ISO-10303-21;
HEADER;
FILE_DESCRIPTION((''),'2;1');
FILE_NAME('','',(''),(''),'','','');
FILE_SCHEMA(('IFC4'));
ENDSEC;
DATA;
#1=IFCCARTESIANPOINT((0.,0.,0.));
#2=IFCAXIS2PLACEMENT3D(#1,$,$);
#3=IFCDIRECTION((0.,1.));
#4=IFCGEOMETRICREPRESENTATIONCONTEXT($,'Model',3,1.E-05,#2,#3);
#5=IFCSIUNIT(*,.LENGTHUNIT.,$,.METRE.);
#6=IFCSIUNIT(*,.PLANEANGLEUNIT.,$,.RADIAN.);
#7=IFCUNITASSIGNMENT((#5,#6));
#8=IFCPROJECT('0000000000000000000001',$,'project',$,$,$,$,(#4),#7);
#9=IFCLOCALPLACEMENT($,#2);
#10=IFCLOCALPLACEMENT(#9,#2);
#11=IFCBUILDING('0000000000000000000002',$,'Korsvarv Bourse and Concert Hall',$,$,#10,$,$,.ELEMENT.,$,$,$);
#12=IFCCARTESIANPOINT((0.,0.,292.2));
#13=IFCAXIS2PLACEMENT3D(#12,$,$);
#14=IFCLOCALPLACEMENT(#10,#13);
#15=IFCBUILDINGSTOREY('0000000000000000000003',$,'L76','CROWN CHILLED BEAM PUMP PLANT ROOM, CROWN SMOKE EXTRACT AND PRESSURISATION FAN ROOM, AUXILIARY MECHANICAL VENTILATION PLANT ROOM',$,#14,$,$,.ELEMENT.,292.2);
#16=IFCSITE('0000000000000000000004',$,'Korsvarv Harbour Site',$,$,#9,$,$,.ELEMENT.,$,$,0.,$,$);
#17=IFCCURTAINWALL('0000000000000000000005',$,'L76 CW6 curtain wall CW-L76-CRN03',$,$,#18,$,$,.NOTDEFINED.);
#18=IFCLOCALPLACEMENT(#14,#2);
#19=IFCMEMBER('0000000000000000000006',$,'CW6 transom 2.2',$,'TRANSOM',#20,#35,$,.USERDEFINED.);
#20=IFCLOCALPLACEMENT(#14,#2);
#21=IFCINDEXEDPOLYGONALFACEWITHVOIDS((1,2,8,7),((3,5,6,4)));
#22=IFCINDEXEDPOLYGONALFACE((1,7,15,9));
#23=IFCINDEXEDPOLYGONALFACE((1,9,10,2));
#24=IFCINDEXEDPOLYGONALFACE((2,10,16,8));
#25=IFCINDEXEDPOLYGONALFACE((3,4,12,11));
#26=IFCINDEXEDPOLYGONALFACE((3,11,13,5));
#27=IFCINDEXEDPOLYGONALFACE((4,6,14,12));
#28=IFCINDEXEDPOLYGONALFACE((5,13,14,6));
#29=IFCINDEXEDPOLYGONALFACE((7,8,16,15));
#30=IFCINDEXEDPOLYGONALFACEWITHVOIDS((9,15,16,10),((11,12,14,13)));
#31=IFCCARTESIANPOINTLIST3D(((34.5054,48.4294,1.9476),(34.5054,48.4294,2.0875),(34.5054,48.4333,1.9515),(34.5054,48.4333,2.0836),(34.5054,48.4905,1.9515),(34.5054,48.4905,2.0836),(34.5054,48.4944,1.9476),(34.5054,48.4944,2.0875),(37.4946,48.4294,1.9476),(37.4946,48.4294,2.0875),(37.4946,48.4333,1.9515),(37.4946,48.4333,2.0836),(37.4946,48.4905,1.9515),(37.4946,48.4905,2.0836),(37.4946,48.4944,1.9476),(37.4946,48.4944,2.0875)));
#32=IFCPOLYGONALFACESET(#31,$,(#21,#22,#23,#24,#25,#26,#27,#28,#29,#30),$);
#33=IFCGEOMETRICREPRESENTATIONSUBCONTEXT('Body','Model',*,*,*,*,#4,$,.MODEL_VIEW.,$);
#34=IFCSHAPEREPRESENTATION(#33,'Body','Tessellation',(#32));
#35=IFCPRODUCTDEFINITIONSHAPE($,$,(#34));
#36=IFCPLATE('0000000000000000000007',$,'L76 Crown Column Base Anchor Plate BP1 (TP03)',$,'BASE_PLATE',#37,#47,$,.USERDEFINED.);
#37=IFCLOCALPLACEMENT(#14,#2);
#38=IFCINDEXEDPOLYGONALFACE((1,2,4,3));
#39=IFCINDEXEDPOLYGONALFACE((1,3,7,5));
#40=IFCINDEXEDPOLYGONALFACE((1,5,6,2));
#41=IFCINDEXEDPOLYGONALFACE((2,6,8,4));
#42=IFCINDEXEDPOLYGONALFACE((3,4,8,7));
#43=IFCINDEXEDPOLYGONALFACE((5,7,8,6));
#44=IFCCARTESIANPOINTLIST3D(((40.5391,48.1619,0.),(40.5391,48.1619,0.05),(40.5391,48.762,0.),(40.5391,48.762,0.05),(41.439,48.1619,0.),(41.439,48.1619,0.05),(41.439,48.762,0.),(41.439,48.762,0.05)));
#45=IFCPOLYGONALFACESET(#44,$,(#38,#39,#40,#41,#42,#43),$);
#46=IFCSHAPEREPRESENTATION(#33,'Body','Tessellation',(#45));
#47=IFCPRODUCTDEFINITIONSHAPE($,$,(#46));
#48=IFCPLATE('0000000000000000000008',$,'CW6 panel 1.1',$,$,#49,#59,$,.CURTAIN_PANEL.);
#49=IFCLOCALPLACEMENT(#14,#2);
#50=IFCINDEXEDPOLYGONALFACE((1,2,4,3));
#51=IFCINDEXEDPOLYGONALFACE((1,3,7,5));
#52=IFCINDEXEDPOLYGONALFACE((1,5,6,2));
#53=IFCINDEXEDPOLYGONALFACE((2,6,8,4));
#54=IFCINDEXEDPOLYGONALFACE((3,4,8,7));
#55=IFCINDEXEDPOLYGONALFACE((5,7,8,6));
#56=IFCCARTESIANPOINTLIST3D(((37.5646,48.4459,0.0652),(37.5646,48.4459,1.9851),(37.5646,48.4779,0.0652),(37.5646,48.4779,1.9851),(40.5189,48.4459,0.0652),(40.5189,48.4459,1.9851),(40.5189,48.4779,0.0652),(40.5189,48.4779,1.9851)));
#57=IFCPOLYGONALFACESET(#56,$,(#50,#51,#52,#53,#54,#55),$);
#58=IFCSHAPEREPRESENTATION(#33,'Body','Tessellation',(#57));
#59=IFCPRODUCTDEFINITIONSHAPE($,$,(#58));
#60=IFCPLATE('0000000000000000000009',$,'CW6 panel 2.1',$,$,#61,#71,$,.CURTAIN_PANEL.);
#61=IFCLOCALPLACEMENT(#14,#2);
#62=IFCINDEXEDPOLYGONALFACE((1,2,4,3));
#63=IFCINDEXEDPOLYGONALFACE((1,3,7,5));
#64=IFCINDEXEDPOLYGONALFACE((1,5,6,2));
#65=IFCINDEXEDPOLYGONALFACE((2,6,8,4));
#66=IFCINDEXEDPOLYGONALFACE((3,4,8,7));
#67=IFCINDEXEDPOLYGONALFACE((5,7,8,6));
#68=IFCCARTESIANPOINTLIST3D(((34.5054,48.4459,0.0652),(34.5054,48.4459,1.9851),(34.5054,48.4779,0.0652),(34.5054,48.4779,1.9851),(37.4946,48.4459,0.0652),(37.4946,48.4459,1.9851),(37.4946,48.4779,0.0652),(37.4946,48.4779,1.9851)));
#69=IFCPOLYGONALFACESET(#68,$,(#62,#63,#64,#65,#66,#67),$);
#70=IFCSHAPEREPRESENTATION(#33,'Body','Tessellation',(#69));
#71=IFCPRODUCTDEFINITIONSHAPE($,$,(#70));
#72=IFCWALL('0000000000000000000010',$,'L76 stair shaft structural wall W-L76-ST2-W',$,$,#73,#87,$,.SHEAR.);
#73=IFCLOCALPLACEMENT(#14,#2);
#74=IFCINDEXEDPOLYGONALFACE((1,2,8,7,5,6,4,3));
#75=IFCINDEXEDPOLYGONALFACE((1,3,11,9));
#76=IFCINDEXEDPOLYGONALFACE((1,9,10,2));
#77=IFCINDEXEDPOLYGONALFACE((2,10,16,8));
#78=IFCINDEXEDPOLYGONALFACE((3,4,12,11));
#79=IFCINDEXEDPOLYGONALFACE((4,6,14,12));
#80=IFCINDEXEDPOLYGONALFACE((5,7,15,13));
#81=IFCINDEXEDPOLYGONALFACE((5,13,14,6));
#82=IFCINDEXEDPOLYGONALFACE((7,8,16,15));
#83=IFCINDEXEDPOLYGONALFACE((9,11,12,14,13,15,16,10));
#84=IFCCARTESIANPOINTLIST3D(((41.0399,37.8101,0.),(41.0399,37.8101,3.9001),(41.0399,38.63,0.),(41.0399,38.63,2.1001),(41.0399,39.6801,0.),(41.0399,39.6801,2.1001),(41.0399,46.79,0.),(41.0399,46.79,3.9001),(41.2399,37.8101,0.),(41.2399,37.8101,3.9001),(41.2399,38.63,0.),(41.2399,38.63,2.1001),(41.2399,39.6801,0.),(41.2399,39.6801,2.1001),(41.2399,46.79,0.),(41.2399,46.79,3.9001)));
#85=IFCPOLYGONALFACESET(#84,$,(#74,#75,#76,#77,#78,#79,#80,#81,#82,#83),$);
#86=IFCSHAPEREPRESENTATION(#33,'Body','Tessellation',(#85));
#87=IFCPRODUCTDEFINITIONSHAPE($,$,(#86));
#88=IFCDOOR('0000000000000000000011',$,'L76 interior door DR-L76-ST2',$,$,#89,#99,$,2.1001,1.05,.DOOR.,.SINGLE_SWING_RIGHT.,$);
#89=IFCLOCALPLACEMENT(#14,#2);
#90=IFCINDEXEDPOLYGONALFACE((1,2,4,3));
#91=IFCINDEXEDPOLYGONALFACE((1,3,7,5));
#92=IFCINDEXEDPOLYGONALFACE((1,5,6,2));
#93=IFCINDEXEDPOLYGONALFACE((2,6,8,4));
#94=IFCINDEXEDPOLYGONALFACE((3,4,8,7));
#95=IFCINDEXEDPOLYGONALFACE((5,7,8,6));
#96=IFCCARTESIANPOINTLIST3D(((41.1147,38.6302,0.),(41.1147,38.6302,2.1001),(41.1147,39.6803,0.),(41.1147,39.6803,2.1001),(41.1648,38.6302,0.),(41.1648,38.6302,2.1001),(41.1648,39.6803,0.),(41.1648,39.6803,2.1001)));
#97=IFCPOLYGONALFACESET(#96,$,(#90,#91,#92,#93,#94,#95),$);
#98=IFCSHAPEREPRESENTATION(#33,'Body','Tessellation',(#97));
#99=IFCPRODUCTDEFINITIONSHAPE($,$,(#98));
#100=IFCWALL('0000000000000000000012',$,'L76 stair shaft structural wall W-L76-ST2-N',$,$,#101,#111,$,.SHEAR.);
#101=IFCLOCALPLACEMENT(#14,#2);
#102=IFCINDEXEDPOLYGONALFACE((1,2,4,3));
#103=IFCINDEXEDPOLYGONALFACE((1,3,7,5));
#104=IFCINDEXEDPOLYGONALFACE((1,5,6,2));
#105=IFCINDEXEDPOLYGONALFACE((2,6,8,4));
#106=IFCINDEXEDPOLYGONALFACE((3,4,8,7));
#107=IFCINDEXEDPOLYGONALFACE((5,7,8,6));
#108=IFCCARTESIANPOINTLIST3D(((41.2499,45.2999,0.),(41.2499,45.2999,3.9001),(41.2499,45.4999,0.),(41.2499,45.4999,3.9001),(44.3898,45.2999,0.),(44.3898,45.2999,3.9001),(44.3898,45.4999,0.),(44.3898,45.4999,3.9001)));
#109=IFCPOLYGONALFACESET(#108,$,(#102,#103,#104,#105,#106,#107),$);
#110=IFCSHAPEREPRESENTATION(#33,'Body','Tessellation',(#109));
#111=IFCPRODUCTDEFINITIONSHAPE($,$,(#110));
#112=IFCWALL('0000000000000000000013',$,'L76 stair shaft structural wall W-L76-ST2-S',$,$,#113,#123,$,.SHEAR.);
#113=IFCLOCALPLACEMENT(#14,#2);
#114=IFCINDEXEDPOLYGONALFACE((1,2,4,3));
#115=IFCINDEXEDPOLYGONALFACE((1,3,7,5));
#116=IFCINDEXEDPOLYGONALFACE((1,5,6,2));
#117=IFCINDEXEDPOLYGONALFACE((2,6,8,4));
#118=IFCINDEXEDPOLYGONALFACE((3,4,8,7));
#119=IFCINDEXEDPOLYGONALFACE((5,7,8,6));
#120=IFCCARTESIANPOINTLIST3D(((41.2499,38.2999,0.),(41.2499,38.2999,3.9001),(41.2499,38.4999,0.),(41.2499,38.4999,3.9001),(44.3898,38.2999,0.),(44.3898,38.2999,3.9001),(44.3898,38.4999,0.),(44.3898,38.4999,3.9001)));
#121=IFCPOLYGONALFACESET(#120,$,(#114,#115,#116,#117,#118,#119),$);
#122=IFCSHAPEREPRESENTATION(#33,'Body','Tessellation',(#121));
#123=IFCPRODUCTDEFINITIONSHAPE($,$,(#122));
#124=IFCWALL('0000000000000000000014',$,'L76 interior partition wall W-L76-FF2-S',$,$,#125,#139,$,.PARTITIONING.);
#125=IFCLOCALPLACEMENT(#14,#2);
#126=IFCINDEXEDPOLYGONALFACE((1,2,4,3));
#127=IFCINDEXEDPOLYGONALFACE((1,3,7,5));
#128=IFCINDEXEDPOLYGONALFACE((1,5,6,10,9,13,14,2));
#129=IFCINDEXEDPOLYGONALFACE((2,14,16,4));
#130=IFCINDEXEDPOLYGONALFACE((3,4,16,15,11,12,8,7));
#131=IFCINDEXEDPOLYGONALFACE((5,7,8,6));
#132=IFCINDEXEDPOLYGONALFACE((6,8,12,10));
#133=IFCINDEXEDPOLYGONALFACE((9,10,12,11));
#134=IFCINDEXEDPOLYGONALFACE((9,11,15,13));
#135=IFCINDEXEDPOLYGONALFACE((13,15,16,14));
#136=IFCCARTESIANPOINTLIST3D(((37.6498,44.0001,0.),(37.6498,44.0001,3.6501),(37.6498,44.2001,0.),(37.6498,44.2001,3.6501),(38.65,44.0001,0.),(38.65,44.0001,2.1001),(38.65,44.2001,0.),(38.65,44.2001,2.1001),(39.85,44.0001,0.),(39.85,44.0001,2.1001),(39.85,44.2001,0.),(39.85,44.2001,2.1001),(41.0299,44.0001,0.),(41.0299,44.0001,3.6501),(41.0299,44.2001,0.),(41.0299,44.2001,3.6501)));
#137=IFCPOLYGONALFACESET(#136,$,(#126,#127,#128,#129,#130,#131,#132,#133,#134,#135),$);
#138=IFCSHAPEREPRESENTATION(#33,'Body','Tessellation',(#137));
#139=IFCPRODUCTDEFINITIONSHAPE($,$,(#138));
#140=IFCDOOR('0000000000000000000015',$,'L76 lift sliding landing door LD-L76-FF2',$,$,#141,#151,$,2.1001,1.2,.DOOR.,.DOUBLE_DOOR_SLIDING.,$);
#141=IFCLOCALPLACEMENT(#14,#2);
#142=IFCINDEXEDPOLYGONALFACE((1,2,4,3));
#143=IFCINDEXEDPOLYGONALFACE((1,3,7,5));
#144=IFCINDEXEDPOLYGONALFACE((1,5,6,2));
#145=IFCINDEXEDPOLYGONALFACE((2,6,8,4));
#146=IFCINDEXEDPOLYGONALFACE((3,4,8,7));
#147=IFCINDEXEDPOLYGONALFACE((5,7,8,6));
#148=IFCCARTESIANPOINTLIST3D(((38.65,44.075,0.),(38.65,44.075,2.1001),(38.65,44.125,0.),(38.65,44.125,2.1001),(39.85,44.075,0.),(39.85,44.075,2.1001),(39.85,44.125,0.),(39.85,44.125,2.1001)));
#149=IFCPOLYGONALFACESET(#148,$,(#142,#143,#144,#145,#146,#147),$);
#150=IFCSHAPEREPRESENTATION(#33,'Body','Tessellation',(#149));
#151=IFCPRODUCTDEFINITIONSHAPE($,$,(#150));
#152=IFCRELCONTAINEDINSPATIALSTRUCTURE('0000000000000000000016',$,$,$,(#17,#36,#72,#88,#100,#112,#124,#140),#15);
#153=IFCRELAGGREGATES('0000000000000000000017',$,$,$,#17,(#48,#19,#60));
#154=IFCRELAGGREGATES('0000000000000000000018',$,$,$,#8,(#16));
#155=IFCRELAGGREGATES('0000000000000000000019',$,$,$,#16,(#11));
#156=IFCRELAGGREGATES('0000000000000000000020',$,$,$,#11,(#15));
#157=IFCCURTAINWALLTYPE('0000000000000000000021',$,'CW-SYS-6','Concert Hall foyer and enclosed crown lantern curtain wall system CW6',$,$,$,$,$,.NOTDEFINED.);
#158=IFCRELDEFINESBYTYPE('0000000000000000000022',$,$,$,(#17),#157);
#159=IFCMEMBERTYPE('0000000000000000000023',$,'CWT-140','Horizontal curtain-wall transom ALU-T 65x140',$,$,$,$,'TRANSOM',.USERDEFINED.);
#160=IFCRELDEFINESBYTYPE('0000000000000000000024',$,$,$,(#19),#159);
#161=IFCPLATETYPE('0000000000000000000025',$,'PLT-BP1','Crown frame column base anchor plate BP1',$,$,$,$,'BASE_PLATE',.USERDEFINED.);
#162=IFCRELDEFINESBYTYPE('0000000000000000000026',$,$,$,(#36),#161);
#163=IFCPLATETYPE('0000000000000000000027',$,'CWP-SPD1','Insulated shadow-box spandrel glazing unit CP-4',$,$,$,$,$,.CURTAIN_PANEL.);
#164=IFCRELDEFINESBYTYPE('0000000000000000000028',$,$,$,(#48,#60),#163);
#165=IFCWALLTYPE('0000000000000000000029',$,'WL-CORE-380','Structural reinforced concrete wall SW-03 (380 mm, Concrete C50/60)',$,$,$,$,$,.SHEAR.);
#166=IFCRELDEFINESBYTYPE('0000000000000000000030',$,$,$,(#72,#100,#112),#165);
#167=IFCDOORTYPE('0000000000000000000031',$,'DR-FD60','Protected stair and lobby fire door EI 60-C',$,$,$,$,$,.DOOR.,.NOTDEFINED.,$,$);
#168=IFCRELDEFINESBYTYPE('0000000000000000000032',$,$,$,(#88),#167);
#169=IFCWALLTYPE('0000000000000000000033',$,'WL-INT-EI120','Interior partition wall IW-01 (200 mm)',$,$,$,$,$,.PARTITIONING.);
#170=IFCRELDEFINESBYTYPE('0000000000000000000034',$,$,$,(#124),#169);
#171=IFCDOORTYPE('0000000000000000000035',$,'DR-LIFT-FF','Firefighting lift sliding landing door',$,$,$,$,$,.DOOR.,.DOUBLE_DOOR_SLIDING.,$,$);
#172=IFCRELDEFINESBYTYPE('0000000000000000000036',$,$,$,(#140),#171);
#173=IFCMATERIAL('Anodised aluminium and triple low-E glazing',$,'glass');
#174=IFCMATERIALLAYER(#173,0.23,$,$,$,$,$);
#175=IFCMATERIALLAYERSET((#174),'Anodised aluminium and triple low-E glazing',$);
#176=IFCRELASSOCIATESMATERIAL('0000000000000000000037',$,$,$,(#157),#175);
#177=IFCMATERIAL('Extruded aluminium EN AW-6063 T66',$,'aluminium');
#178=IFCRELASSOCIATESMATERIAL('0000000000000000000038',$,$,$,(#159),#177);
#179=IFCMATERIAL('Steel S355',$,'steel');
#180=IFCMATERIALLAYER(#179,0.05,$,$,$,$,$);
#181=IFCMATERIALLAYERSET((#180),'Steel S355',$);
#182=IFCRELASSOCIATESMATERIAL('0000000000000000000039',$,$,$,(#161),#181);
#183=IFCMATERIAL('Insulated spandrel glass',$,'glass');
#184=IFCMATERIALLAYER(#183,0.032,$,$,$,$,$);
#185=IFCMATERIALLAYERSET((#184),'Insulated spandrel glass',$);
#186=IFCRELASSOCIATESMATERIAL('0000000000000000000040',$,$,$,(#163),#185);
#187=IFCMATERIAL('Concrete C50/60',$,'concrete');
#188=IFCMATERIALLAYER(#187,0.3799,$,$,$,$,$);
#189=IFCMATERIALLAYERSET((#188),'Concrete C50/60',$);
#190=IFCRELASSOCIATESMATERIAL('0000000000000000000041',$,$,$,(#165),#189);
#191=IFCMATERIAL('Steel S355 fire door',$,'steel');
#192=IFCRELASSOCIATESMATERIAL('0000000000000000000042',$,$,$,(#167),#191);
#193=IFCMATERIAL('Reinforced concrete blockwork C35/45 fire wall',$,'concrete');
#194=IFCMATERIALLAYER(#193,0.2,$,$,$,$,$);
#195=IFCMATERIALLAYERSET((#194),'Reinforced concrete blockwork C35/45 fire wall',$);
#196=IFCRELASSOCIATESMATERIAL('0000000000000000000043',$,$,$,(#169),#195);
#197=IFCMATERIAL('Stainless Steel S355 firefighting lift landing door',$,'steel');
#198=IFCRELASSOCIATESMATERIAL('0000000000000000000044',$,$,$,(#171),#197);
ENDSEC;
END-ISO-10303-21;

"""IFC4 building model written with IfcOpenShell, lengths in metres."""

from ifc_helpers import new_model, si_unit, direction, frame, frame_2d, origin, origin_2d, place, context, subcontext, project, spatial, rectangle, hollow_rectangle, extrude, source, transform, mapped, material, layer, layer_set, material_profile, profile_set, type_object, element, fill, aggregate, save


model = new_model("IFC4")

# Units and contexts
model_context = context("Model", 3, precision=1e-05, world=origin(), true_north=direction((0.0, 1.0)))
body_context = subcontext(model_context, "Body", "Model", "MODEL_VIEW")
ifc_project = project(units=[si_unit("LENGTHUNIT", "METRE"), si_unit("PLANEANGLEUNIT", "RADIAN")], contexts=[model_context])

# Site, building, storey
site_placement = place(None, origin())
site = spatial("IfcSite", under=ifc_project, at=site_placement, Name="Korsvarv Harbour Site", CompositionType="ELEMENT", RefElevation=0.0)
building_placement = place(site_placement, origin())
building = spatial("IfcBuilding", under=site, at=building_placement, Name="Korsvarv Bourse and Concert Hall", CompositionType="ELEMENT")
storey_placement = place(building_placement, frame((0.0, 0.0, 292.2)))
storey = spatial("IfcBuildingStorey", under=building, at=storey_placement, Name="L76", Description="CROWN CHILLED BEAM PUMP PLANT ROOM, CROWN SMOKE EXTRACT AND PRESSURISATION FAN ROOM, AUXILIARY MECHANICAL VENTILATION PLANT ROOM", CompositionType="ELEMENT", Elevation=292.2)

# Shared definitions
ifc_material_1 = material(Name="Concrete C50/60", Category="concrete")

# Curtain wall, member
ifc_material_2 = material(Name="Anodised aluminium and triple low-E glazing", Category="glass")
ifc_layer_1 = layer(ifc_material_2, 0.23)
ifc_layer_set_1 = layer_set([ifc_layer_1], Name="Anodised aluminium and triple low-E glazing")
curtain_wall_type = type_object("IfcCurtainWallType", Name="CW-SYS-6", Description="Concert Hall foyer and enclosed crown lantern curtain wall system CW6", PredefinedType="NOTDEFINED", material=ifc_layer_set_1)
curtain_wall_placement = place(storey_placement, origin())
curtain_wall = element("IfcCurtainWall", 1, at=curtain_wall_placement, inside=storey, type_object=curtain_wall_type, Name="L76 CW6 curtain wall CW-L76-CRN03", PredefinedType="NOTDEFINED")
ifc_material_3 = material(Name="Extruded aluminium EN AW-6063 T66", Category="aluminium")
ifc_material_profile_1 = material_profile(ifc_material_3, hollow_rectangle(XDim=0.0649, YDim=0.1399, WallThickness=0.0039, at=origin_2d()), Name="ALU-T 65x140")
ifc_profile_set_1 = profile_set([ifc_material_profile_1], Name="Extruded aluminium EN AW-6063 T66")
member_type_1 = type_object("IfcMemberType", Name="CWT-140", Description="Horizontal curtain-wall transom ALU-T 65x140", ElementType="TRANSOM", PredefinedType="USERDEFINED", material=ifc_profile_set_1)
shared_shape_1 = source(origin(), body_context, "Body", "SweptSolid", [
    extrude(hollow_rectangle(XDim=0.0649, YDim=0.1399, WallThickness=0.0039, at=origin_2d()), origin(), (0.0, 0.0, 1.0), 2.9893),
])
member_1_placement = place(storey_placement, frame((37.4946, 48.4619, 2.0176), z_axis=(-1.0, 0.0, 0.0), x_axis=(0.0, -1.0, 0.0)))
member_1 = element("IfcMember", 2, at=member_1_placement, type_object=member_type_1, Name="CW6 transom 2.2", ObjectType="TRANSOM", PredefinedType="USERDEFINED", context=body_context, shape_type="MappedRepresentation", body=[
    mapped(shared_shape_1, transform((0.0, 0.0, 0.0), scale=1.0)),
])

# Plates
ifc_material_4 = material(Name="Steel S355", Category="steel")
ifc_layer_2 = layer(ifc_material_4, 0.05)
ifc_layer_set_2 = layer_set([ifc_layer_2], Name="Steel S355")
plate_type_1 = type_object("IfcPlateType", Name="PLT-BP1", Description="Crown frame column base anchor plate BP1", ElementType="BASE_PLATE", PredefinedType="USERDEFINED", material=ifc_layer_set_2)
shared_shape_2 = source(origin(), body_context, "Body", "SweptSolid", [
    extrude(rectangle(XDim=0.8999, YDim=0.6001, at=origin_2d()), origin(), (0.0, 0.0, 1.0), 0.05),
])
plate_1_placement = place(storey_placement, frame((40.989, 48.4619, 0.0), z_axis=(0.0, 0.0, 1.0), x_axis=(1.0, 0.0, 0.0)))
element("IfcPlate", 3, at=plate_1_placement, inside=storey, type_object=plate_type_1, Name="L76 Crown Column Base Anchor Plate BP1 (TP03)", ObjectType="BASE_PLATE", PredefinedType="USERDEFINED", context=body_context, shape_type="MappedRepresentation", body=[
    mapped(shared_shape_2, transform((0.0, 0.0, 0.0), scale=1.0)),
])
ifc_material_5 = material(Name="Insulated spandrel glass", Category="glass")
ifc_layer_3 = layer(ifc_material_5, 0.032)
ifc_layer_set_3 = layer_set([ifc_layer_3], Name="Insulated spandrel glass")
plate_type_2 = type_object("IfcPlateType", Name="CWP-SPD1", Description="Insulated shadow-box spandrel glazing unit CP-4", PredefinedType="CURTAIN_PANEL", material=ifc_layer_set_3)
shared_shape_3 = source(origin(), body_context, "Body", "SweptSolid", [
    extrude(rectangle(XDim=2.9543, YDim=0.032, at=origin_2d()), origin(), (0.0, 0.0, 1.0), 1.9199),
])
plate_2_placement = place(storey_placement, frame((39.0417, 48.4619, 0.0652), z_axis=(0.0, 0.0, 1.0), x_axis=(-1.0, 0.0, 0.0)))
plate_2 = element("IfcPlate", 4, at=plate_2_placement, type_object=plate_type_2, Name="CW6 panel 1.1", PredefinedType="CURTAIN_PANEL", context=body_context, shape_type="MappedRepresentation", body=[
    mapped(shared_shape_3, transform((0.0, 0.0, 0.0), scale=1.0)),
])
shared_shape_4 = source(origin(), body_context, "Body", "SweptSolid", [
    extrude(rectangle(XDim=2.9893, YDim=0.032, at=origin_2d()), origin(), (0.0, 0.0, 1.0), 1.9199),
])
plate_3_placement = place(storey_placement, frame((36.0, 48.4619, 0.0652), z_axis=(0.0, 0.0, 1.0), x_axis=(-1.0, 0.0, 0.0)))
plate_3 = element("IfcPlate", 5, at=plate_3_placement, type_object=plate_type_2, Name="CW6 panel 2.1", PredefinedType="CURTAIN_PANEL", context=body_context, shape_type="MappedRepresentation", body=[
    mapped(shared_shape_4, transform((0.0, 0.0, 0.0), scale=1.0)),
])
aggregate(curtain_wall, [plate_2, member_1, plate_3])

# Wall, opening, door
ifc_layer_4 = layer(ifc_material_1, 0.3799)
ifc_layer_set_4 = layer_set([ifc_layer_4], Name="Concrete C50/60")
wall_type_1 = type_object("IfcWallType", Name="WL-CORE-380", Description="Structural reinforced concrete wall SW-03 (380 mm, Concrete C50/60)", PredefinedType="SHEAR", material=ifc_layer_set_4)
wall_1_placement = place(storey_placement, frame((41.1399, 37.8101, 0.0), z_axis=(0.0, 0.0, 1.0), x_axis=(0.0, 1.0, 0.0)))
wall_1 = element("IfcWall", 6, at=wall_1_placement, inside=storey, type_object=wall_type_1, Name="L76 stair shaft structural wall W-L76-ST2-W", PredefinedType="SHEAR", context=body_context, shape_type="SweptSolid", body=[
    extrude(rectangle(XDim=8.98, YDim=0.2, at=frame_2d((4.49, 0.0))), origin(), (0.0, 0.0, 1.0), 3.9001),
])
opening_1_placement = place(wall_1_placement, frame((0.8201, 0.0, 0.0)))
opening_1 = element("IfcOpeningElement", 7, at=opening_1_placement, cuts=wall_1, PredefinedType="OPENING", context=body_context, shape_type="SweptSolid", body=[
    extrude(rectangle(XDim=1.05, YDim=2.1001, at=frame_2d((0.5249, 1.05))), frame((0.0, 0.1099, 0.0), z_axis=(0.0, -1.0, 0.0), x_axis=(1.0, 0.0, 0.0)), (0.0, 0.0, 1.0), 0.22),
])
ifc_material_6 = material(Name="Steel S355 fire door", Category="steel")
door_type_1 = type_object("IfcDoorType", Name="DR-FD60", Description="Protected stair and lobby fire door EI 60-C", OperationType="NOTDEFINED", PredefinedType="DOOR", material=ifc_material_6)
door_1_placement = place(opening_1_placement, frame((1.05, 0.0, 0.0), z_axis=(0.0, 0.0, 1.0), x_axis=(-1.0, 0.0, 0.0)))
door_1 = element("IfcDoor", 8, at=door_1_placement, inside=storey, type_object=door_type_1, Name="L76 interior door DR-L76-ST2", OperationType="SINGLE_SWING_RIGHT", OverallHeight=2.1001, OverallWidth=1.05, PredefinedType="DOOR", context=body_context, shape_type="SweptSolid", body=[
    extrude(rectangle(XDim=1.05, YDim=2.1001, at=frame_2d((0.5249, 1.05))), frame((0.0, 0.0249, 0.0), z_axis=(0.0, -1.0, 0.0), x_axis=(1.0, 0.0, 0.0)), (0.0, 0.0, 1.0), 0.05),
])
fill(opening_1, door_1)

# Walls
for number, where, z_axis, x_axis, name in (
    (9, (41.25, 45.3999, 0.0), (0.0, 0.0, 1.0), (1.0, 0.0, 0.0), "L76 stair shaft structural wall W-L76-ST2-N"),
    (10, (41.25, 38.3999, 0.0), (0.0, 0.0, 1.0), (1.0, 0.0, 0.0), "L76 stair shaft structural wall W-L76-ST2-S"),
):
    element("IfcWall", number, at=place(storey_placement, frame(where, z_axis=z_axis, x_axis=x_axis)), inside=storey, type_object=wall_type_1, Name=name, PredefinedType="SHEAR", context=body_context, shape_type="SweptSolid", body=[
        extrude(rectangle(XDim=3.1399, YDim=0.2, at=frame_2d((1.5698, 0.0))), origin(), (0.0, 0.0, 1.0), 3.9001),
    ])

# Wall, opening, door
ifc_material_7 = material(Name="Reinforced concrete blockwork C35/45 fire wall", Category="concrete")
ifc_layer_5 = layer(ifc_material_7, 0.2)
ifc_layer_set_5 = layer_set([ifc_layer_5], Name="Reinforced concrete blockwork C35/45 fire wall")
wall_type_2 = type_object("IfcWallType", Name="WL-INT-EI120", Description="Interior partition wall IW-01 (200 mm)", PredefinedType="PARTITIONING", material=ifc_layer_set_5)
wall_2_placement = place(storey_placement, frame((37.6499, 44.1001, 0.0), z_axis=(0.0, 0.0, 1.0), x_axis=(1.0, 0.0, 0.0)))
wall_2 = element("IfcWall", 11, at=wall_2_placement, inside=storey, type_object=wall_type_2, Name="L76 interior partition wall W-L76-FF2-S", PredefinedType="PARTITIONING", context=body_context, shape_type="SweptSolid", body=[
    extrude(rectangle(XDim=3.3801, YDim=0.2, at=frame_2d((1.6899, 0.0))), origin(), (0.0, 0.0, 1.0), 3.6501),
])
opening_2_placement = place(wall_2_placement, frame((1.0, 0.0, 0.0)))
opening_2 = element("IfcOpeningElement", 12, at=opening_2_placement, cuts=wall_2, PredefinedType="OPENING", context=body_context, shape_type="SweptSolid", body=[
    extrude(rectangle(XDim=1.2, YDim=2.1001, at=frame_2d((0.6001, 1.05))), frame((0.0, 0.1099, 0.0), z_axis=(0.0, -1.0, 0.0), x_axis=(1.0, 0.0, 0.0)), (0.0, 0.0, 1.0), 0.22),
])
ifc_material_8 = material(Name="Stainless Steel S355 firefighting lift landing door", Category="steel")
door_type_2 = type_object("IfcDoorType", Name="DR-LIFT-FF", Description="Firefighting lift sliding landing door", OperationType="DOUBLE_DOOR_SLIDING", PredefinedType="DOOR", material=ifc_material_8)
door_2_placement = place(opening_2_placement, origin())
door_2 = element("IfcDoor", 13, at=door_2_placement, inside=storey, type_object=door_type_2, Name="L76 lift sliding landing door LD-L76-FF2", OperationType="DOUBLE_DOOR_SLIDING", OverallHeight=2.1001, OverallWidth=1.2, PredefinedType="DOOR", context=body_context, shape_type="SweptSolid", body=[
    extrude(rectangle(XDim=1.2, YDim=2.1001, at=frame_2d((0.6001, 1.05))), frame((0.0, 0.0249, 0.0), z_axis=(0.0, -1.0, 0.0), x_axis=(1.0, 0.0, 0.0)), (0.0, 0.0, 1.0), 0.05),
])
fill(opening_2, door_2)

save(model, "model.ifc")
